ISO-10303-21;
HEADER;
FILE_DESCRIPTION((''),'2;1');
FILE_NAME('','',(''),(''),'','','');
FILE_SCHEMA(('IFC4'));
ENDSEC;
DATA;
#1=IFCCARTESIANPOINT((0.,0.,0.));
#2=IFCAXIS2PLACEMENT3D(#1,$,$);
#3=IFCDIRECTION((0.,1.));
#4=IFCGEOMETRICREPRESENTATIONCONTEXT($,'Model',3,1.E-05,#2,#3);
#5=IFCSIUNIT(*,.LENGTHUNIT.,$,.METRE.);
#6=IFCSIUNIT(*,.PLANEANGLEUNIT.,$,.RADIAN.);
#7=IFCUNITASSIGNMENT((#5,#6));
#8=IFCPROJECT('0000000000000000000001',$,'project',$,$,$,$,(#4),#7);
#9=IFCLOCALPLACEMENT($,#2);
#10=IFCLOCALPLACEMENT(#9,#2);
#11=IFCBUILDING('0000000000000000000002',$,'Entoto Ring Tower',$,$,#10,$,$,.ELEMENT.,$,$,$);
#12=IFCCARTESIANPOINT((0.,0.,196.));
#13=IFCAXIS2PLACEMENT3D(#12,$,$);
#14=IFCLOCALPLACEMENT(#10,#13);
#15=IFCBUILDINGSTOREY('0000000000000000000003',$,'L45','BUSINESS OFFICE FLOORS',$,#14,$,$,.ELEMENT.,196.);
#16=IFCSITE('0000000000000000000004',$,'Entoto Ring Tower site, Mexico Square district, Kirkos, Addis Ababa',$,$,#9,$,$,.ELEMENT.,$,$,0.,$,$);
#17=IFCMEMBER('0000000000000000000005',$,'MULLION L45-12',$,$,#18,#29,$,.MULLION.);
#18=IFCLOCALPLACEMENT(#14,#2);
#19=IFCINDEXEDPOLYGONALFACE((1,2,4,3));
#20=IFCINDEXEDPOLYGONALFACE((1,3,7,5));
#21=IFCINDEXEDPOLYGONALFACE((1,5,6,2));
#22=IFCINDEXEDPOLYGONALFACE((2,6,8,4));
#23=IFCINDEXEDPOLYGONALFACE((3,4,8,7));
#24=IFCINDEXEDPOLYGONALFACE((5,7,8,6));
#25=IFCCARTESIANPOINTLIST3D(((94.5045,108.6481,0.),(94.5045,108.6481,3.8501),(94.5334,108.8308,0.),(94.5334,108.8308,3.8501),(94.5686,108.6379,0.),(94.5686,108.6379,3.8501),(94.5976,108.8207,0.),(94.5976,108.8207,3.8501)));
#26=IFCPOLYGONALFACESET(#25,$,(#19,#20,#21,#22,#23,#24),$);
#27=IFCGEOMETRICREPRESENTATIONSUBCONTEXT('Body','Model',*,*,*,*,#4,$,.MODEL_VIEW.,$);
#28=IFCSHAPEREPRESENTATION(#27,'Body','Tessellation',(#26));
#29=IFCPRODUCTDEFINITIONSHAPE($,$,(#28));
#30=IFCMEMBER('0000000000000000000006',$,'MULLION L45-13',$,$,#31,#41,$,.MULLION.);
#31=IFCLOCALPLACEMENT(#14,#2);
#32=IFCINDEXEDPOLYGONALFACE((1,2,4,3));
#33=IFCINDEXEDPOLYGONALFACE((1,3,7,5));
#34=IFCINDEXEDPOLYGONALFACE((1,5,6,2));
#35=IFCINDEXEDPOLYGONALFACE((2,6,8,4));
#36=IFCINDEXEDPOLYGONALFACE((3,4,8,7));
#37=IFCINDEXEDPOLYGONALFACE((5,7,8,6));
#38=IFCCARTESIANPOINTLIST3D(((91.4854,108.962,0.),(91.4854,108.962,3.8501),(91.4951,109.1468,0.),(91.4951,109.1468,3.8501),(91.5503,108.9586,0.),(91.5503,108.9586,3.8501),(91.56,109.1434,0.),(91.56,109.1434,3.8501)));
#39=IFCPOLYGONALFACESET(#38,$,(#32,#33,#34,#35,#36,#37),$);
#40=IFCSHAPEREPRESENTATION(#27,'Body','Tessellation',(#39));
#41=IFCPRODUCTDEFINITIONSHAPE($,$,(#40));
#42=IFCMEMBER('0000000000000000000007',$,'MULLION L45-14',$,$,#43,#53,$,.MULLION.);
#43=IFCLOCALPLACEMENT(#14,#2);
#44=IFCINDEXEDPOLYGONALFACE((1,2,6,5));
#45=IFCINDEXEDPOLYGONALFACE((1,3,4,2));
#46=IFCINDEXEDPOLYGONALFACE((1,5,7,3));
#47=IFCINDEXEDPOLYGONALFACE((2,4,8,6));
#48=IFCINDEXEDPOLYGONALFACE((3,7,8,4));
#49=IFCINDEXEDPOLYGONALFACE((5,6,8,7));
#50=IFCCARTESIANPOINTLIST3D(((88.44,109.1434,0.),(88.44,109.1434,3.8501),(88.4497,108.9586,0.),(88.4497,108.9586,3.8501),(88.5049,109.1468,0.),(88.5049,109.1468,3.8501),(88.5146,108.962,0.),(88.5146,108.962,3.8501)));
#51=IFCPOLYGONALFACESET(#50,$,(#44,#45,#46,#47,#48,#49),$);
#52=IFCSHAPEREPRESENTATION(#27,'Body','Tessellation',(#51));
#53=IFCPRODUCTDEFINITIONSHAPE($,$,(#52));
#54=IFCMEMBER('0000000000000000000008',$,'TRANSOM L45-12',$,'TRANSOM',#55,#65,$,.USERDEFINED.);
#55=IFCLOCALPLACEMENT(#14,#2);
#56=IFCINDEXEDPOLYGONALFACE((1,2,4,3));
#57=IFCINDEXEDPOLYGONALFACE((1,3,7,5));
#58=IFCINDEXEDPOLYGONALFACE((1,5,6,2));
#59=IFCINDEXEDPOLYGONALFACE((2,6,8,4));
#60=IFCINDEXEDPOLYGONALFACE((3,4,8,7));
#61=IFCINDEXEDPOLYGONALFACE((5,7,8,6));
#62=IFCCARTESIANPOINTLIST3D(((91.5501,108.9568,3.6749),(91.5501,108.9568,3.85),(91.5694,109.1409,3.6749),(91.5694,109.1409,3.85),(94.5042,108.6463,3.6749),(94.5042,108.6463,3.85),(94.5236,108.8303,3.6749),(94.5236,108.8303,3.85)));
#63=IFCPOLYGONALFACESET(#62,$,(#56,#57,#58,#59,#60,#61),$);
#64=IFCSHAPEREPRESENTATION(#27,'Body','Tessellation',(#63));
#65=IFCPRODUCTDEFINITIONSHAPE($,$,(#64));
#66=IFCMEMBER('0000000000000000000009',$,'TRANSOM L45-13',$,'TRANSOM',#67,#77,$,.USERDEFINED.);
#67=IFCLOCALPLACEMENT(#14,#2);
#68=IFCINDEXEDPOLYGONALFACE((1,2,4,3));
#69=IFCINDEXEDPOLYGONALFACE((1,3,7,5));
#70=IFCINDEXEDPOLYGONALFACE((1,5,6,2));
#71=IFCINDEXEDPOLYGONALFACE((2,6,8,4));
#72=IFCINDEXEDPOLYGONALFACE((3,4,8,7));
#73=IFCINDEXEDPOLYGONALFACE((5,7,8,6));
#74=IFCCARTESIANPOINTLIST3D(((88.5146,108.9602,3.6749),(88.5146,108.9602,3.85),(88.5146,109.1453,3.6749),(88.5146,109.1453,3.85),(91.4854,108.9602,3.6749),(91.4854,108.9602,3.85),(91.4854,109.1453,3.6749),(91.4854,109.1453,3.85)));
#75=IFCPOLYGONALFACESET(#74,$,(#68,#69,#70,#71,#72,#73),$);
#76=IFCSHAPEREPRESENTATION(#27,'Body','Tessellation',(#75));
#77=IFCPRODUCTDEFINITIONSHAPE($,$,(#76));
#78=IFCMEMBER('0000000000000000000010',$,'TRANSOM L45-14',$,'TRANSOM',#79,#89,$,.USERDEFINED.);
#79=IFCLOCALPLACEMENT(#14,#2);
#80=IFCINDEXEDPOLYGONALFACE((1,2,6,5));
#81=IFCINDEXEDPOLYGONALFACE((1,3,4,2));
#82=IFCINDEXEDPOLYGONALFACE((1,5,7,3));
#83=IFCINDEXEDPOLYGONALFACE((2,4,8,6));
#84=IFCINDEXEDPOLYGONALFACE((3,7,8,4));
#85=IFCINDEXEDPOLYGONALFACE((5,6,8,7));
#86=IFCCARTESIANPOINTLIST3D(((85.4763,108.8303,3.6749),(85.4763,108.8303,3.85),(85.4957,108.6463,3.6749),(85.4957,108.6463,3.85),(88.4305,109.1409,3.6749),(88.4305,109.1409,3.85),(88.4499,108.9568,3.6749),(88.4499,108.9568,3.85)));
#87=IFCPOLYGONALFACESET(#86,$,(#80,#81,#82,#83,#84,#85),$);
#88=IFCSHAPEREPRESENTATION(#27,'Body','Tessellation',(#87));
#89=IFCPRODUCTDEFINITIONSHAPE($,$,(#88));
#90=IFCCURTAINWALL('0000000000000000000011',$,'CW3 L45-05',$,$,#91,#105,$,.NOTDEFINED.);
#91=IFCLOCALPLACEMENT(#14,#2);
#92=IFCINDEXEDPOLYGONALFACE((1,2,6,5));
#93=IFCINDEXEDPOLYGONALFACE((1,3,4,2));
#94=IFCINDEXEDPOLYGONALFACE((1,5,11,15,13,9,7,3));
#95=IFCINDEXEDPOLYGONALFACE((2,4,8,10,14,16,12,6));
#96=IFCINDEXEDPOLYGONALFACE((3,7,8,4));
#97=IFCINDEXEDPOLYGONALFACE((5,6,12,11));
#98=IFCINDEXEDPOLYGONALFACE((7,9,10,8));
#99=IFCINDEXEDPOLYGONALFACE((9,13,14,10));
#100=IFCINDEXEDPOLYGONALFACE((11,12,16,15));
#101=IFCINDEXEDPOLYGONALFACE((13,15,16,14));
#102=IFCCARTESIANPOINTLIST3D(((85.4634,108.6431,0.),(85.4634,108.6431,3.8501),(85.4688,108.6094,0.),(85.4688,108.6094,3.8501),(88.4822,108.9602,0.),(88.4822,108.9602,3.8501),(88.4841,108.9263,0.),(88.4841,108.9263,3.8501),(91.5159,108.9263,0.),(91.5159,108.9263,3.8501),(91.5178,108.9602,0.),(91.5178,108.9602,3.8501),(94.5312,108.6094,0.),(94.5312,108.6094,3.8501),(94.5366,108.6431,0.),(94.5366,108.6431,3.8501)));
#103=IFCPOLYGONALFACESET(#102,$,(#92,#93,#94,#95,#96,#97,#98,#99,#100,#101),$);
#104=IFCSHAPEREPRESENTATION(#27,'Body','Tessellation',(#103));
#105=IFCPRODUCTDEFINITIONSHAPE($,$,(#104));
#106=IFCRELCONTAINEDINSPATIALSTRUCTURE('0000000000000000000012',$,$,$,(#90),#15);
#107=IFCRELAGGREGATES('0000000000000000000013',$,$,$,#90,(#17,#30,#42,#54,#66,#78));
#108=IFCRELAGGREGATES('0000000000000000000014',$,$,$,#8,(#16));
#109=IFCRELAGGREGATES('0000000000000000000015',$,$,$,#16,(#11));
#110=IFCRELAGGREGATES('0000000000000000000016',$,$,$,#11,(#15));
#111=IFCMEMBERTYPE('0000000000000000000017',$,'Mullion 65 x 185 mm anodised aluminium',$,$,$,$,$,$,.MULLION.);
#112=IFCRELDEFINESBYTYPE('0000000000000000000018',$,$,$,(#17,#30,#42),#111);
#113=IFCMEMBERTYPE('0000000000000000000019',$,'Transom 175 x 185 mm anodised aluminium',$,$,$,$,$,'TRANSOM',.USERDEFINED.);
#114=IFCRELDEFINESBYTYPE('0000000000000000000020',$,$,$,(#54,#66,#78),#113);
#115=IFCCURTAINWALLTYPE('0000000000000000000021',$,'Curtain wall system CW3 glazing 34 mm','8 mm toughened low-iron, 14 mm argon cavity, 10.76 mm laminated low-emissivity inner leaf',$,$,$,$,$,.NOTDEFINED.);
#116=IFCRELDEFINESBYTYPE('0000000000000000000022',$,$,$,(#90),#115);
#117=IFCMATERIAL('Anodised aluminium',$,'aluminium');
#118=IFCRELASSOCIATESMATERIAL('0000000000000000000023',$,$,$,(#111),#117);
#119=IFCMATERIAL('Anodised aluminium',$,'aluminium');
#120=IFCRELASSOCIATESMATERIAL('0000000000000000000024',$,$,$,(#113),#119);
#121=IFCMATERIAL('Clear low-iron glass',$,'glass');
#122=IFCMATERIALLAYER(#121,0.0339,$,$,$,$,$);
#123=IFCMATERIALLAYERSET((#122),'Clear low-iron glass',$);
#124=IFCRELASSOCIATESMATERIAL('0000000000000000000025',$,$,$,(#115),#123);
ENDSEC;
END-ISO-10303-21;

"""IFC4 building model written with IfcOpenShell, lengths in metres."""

from ifc_helpers import new_model, si_unit, direction, frame, origin, origin_2d, place, context, subcontext, project, spatial, polyline, rectangle, outline, extrude, material, layer, layer_set, material_profile, profile_set, type_object, element, aggregate, save


model = new_model("IFC4")

# Units and contexts
model_context = context("Model", 3, precision=1e-05, world=origin(), true_north=direction((0.0, 1.0)))
body_context = subcontext(model_context, "Body", "Model", "MODEL_VIEW")
ifc_project = project(units=[si_unit("LENGTHUNIT", "METRE"), si_unit("PLANEANGLEUNIT", "RADIAN")], contexts=[model_context])

# Members
ifc_material_1 = material(Name="Anodised aluminium", Category="aluminium")
ifc_material_profile_1 = material_profile(ifc_material_1, rectangle(XDim=0.0649, YDim=0.1851, at=origin_2d()), Name="Mullion 65 x 185 mm anodised aluminium")
ifc_profile_set_1 = profile_set([ifc_material_profile_1], Name="Anodised aluminium")
member_type_1 = type_object("IfcMemberType", Name="Mullion 65 x 185 mm anodised aluminium", PredefinedType="MULLION", material=ifc_profile_set_1)
site_placement = place(None, origin())
building_placement = place(site_placement, origin())
storey_placement = place(building_placement, frame((0.0, 0.0, 196.0)))
member_1_placement = place(storey_placement, frame((94.551, 108.7344, 0.0), z_axis=(0.0, 0.0, 1.0), x_axis=(-0.987688, 0.156434, 0.0)))
member_1 = element("IfcMember", 1, at=member_1_placement, type_object=member_type_1, Name="MULLION L45-12", PredefinedType="MULLION", context=body_context, shape_type="SweptSolid", body=[
    extrude(rectangle(XDim=0.0649, YDim=0.1851, at=origin_2d()), origin(), (0.0, 0.0, 1.0), 3.8501),
])
member_2_placement = place(storey_placement, frame((91.5227, 109.0527, 0.0), z_axis=(0.0, 0.0, 1.0), x_axis=(-0.99863, 0.052336, 0.0)))
member_2 = element("IfcMember", 2, at=member_2_placement, type_object=member_type_1, Name="MULLION L45-13", PredefinedType="MULLION", context=body_context, shape_type="SweptSolid", body=[
    extrude(rectangle(XDim=0.0649, YDim=0.1851, at=origin_2d()), origin(), (0.0, 0.0, 1.0), 3.8501),
])
member_3_placement = place(storey_placement, frame((88.4773, 109.0527, 0.0), z_axis=(0.0, 0.0, 1.0), x_axis=(-0.99863, -0.052336, 0.0)))
member_3 = element("IfcMember", 3, at=member_3_placement, type_object=member_type_1, Name="MULLION L45-14", PredefinedType="MULLION", context=body_context, shape_type="SweptSolid", body=[
    extrude(rectangle(XDim=0.0649, YDim=0.1851, at=origin_2d()), origin(), (0.0, 0.0, 1.0), 3.8501),
])
ifc_material_2 = material(Name="Anodised aluminium", Category="aluminium")
ifc_material_profile_2 = material_profile(ifc_material_2, rectangle(XDim=0.1851, YDim=0.175, at=origin_2d()), Name="Transom 175 x 185 mm anodised aluminium")
ifc_profile_set_2 = profile_set([ifc_material_profile_2], Name="Anodised aluminium")
member_type_2 = type_object("IfcMemberType", Name="Transom 175 x 185 mm anodised aluminium", ElementType="TRANSOM", PredefinedType="USERDEFINED", material=ifc_profile_set_2)
member_4_placement = place(storey_placement, frame((94.5139, 108.7383, 3.7625), z_axis=(-0.99452, 0.104548, 0.0), x_axis=(-0.104548, -0.99452, 0.0)))
member_4 = element("IfcMember", 4, at=member_4_placement, type_object=member_type_2, Name="TRANSOM L45-12", ObjectType="TRANSOM", PredefinedType="USERDEFINED", context=body_context, shape_type="SweptSolid", body=[
    extrude(rectangle(XDim=0.1851, YDim=0.175, at=origin_2d()), origin(), (0.0, 0.0, 1.0), 2.9705),
])
member_5_placement = place(storey_placement, frame((91.4854, 109.0527, 3.7625), z_axis=(-1.0, 0.0, 0.0), x_axis=(0.0, -1.0, 0.0)))
member_5 = element("IfcMember", 5, at=member_5_placement, type_object=member_type_2, Name="TRANSOM L45-13", ObjectType="TRANSOM", PredefinedType="USERDEFINED", context=body_context, shape_type="SweptSolid", body=[
    extrude(rectangle(XDim=0.1851, YDim=0.175, at=origin_2d()), origin(), (0.0, 0.0, 1.0), 2.9707),
])
member_6_placement = place(storey_placement, frame((88.4402, 109.0488, 3.7625), z_axis=(-0.99452, -0.104548, 0.0), x_axis=(0.104548, -0.99452, 0.0)))
member_6 = element("IfcMember", 6, at=member_6_placement, type_object=member_type_2, Name="TRANSOM L45-14", ObjectType="TRANSOM", PredefinedType="USERDEFINED", context=body_context, shape_type="SweptSolid", body=[
    extrude(rectangle(XDim=0.1851, YDim=0.175, at=origin_2d()), origin(), (0.0, 0.0, 1.0), 2.9705),
])

# Site, building, storey
site = spatial("IfcSite", under=ifc_project, at=site_placement, Name="Entoto Ring Tower site, Mexico Square district, Kirkos, Addis Ababa", CompositionType="ELEMENT", RefElevation=0.0)
building = spatial("IfcBuilding", under=site, at=building_placement, Name="Entoto Ring Tower", CompositionType="ELEMENT")
storey = spatial("IfcBuildingStorey", under=building, at=storey_placement, Name="L45", Description="BUSINESS OFFICE FLOORS", CompositionType="ELEMENT", Elevation=196.0)

# Curtain wall
ifc_material_3 = material(Name="Clear low-iron glass", Category="glass")
ifc_layer = layer(ifc_material_3, 0.0339)
ifc_layer_set = layer_set([ifc_layer], Name="Clear low-iron glass")
curtain_wall_type = type_object("IfcCurtainWallType", Name="Curtain wall system CW3 glazing 34 mm", Description="8 mm toughened low-iron, 14 mm argon cavity, 10.76 mm laminated low-emissivity inner leaf", PredefinedType="NOTDEFINED", material=ifc_layer_set)
curtain_wall_1_placement = place(storey_placement, origin())
curtain_wall_1 = element("IfcCurtainWall", 7, at=curtain_wall_1_placement, inside=storey, type_object=curtain_wall_type, Name="CW3 L45-05", PredefinedType="NOTDEFINED", context=body_context, shape_type="SweptSolid", body=[
    extrude(outline(polyline([(94.5366, 108.6431), (91.5178, 108.9602), (88.4822, 108.9602), (85.4634, 108.6431), (85.4688, 108.6094), (88.4841, 108.9263), (91.5159, 108.9263), (94.5312, 108.6094), (94.5366, 108.6431)])), origin(), (0.0, 0.0, 1.0), 3.8501),
])
aggregate(curtain_wall_1, [member_1, member_2, member_3, member_4, member_5, member_6])

save(model, "model.ifc")
